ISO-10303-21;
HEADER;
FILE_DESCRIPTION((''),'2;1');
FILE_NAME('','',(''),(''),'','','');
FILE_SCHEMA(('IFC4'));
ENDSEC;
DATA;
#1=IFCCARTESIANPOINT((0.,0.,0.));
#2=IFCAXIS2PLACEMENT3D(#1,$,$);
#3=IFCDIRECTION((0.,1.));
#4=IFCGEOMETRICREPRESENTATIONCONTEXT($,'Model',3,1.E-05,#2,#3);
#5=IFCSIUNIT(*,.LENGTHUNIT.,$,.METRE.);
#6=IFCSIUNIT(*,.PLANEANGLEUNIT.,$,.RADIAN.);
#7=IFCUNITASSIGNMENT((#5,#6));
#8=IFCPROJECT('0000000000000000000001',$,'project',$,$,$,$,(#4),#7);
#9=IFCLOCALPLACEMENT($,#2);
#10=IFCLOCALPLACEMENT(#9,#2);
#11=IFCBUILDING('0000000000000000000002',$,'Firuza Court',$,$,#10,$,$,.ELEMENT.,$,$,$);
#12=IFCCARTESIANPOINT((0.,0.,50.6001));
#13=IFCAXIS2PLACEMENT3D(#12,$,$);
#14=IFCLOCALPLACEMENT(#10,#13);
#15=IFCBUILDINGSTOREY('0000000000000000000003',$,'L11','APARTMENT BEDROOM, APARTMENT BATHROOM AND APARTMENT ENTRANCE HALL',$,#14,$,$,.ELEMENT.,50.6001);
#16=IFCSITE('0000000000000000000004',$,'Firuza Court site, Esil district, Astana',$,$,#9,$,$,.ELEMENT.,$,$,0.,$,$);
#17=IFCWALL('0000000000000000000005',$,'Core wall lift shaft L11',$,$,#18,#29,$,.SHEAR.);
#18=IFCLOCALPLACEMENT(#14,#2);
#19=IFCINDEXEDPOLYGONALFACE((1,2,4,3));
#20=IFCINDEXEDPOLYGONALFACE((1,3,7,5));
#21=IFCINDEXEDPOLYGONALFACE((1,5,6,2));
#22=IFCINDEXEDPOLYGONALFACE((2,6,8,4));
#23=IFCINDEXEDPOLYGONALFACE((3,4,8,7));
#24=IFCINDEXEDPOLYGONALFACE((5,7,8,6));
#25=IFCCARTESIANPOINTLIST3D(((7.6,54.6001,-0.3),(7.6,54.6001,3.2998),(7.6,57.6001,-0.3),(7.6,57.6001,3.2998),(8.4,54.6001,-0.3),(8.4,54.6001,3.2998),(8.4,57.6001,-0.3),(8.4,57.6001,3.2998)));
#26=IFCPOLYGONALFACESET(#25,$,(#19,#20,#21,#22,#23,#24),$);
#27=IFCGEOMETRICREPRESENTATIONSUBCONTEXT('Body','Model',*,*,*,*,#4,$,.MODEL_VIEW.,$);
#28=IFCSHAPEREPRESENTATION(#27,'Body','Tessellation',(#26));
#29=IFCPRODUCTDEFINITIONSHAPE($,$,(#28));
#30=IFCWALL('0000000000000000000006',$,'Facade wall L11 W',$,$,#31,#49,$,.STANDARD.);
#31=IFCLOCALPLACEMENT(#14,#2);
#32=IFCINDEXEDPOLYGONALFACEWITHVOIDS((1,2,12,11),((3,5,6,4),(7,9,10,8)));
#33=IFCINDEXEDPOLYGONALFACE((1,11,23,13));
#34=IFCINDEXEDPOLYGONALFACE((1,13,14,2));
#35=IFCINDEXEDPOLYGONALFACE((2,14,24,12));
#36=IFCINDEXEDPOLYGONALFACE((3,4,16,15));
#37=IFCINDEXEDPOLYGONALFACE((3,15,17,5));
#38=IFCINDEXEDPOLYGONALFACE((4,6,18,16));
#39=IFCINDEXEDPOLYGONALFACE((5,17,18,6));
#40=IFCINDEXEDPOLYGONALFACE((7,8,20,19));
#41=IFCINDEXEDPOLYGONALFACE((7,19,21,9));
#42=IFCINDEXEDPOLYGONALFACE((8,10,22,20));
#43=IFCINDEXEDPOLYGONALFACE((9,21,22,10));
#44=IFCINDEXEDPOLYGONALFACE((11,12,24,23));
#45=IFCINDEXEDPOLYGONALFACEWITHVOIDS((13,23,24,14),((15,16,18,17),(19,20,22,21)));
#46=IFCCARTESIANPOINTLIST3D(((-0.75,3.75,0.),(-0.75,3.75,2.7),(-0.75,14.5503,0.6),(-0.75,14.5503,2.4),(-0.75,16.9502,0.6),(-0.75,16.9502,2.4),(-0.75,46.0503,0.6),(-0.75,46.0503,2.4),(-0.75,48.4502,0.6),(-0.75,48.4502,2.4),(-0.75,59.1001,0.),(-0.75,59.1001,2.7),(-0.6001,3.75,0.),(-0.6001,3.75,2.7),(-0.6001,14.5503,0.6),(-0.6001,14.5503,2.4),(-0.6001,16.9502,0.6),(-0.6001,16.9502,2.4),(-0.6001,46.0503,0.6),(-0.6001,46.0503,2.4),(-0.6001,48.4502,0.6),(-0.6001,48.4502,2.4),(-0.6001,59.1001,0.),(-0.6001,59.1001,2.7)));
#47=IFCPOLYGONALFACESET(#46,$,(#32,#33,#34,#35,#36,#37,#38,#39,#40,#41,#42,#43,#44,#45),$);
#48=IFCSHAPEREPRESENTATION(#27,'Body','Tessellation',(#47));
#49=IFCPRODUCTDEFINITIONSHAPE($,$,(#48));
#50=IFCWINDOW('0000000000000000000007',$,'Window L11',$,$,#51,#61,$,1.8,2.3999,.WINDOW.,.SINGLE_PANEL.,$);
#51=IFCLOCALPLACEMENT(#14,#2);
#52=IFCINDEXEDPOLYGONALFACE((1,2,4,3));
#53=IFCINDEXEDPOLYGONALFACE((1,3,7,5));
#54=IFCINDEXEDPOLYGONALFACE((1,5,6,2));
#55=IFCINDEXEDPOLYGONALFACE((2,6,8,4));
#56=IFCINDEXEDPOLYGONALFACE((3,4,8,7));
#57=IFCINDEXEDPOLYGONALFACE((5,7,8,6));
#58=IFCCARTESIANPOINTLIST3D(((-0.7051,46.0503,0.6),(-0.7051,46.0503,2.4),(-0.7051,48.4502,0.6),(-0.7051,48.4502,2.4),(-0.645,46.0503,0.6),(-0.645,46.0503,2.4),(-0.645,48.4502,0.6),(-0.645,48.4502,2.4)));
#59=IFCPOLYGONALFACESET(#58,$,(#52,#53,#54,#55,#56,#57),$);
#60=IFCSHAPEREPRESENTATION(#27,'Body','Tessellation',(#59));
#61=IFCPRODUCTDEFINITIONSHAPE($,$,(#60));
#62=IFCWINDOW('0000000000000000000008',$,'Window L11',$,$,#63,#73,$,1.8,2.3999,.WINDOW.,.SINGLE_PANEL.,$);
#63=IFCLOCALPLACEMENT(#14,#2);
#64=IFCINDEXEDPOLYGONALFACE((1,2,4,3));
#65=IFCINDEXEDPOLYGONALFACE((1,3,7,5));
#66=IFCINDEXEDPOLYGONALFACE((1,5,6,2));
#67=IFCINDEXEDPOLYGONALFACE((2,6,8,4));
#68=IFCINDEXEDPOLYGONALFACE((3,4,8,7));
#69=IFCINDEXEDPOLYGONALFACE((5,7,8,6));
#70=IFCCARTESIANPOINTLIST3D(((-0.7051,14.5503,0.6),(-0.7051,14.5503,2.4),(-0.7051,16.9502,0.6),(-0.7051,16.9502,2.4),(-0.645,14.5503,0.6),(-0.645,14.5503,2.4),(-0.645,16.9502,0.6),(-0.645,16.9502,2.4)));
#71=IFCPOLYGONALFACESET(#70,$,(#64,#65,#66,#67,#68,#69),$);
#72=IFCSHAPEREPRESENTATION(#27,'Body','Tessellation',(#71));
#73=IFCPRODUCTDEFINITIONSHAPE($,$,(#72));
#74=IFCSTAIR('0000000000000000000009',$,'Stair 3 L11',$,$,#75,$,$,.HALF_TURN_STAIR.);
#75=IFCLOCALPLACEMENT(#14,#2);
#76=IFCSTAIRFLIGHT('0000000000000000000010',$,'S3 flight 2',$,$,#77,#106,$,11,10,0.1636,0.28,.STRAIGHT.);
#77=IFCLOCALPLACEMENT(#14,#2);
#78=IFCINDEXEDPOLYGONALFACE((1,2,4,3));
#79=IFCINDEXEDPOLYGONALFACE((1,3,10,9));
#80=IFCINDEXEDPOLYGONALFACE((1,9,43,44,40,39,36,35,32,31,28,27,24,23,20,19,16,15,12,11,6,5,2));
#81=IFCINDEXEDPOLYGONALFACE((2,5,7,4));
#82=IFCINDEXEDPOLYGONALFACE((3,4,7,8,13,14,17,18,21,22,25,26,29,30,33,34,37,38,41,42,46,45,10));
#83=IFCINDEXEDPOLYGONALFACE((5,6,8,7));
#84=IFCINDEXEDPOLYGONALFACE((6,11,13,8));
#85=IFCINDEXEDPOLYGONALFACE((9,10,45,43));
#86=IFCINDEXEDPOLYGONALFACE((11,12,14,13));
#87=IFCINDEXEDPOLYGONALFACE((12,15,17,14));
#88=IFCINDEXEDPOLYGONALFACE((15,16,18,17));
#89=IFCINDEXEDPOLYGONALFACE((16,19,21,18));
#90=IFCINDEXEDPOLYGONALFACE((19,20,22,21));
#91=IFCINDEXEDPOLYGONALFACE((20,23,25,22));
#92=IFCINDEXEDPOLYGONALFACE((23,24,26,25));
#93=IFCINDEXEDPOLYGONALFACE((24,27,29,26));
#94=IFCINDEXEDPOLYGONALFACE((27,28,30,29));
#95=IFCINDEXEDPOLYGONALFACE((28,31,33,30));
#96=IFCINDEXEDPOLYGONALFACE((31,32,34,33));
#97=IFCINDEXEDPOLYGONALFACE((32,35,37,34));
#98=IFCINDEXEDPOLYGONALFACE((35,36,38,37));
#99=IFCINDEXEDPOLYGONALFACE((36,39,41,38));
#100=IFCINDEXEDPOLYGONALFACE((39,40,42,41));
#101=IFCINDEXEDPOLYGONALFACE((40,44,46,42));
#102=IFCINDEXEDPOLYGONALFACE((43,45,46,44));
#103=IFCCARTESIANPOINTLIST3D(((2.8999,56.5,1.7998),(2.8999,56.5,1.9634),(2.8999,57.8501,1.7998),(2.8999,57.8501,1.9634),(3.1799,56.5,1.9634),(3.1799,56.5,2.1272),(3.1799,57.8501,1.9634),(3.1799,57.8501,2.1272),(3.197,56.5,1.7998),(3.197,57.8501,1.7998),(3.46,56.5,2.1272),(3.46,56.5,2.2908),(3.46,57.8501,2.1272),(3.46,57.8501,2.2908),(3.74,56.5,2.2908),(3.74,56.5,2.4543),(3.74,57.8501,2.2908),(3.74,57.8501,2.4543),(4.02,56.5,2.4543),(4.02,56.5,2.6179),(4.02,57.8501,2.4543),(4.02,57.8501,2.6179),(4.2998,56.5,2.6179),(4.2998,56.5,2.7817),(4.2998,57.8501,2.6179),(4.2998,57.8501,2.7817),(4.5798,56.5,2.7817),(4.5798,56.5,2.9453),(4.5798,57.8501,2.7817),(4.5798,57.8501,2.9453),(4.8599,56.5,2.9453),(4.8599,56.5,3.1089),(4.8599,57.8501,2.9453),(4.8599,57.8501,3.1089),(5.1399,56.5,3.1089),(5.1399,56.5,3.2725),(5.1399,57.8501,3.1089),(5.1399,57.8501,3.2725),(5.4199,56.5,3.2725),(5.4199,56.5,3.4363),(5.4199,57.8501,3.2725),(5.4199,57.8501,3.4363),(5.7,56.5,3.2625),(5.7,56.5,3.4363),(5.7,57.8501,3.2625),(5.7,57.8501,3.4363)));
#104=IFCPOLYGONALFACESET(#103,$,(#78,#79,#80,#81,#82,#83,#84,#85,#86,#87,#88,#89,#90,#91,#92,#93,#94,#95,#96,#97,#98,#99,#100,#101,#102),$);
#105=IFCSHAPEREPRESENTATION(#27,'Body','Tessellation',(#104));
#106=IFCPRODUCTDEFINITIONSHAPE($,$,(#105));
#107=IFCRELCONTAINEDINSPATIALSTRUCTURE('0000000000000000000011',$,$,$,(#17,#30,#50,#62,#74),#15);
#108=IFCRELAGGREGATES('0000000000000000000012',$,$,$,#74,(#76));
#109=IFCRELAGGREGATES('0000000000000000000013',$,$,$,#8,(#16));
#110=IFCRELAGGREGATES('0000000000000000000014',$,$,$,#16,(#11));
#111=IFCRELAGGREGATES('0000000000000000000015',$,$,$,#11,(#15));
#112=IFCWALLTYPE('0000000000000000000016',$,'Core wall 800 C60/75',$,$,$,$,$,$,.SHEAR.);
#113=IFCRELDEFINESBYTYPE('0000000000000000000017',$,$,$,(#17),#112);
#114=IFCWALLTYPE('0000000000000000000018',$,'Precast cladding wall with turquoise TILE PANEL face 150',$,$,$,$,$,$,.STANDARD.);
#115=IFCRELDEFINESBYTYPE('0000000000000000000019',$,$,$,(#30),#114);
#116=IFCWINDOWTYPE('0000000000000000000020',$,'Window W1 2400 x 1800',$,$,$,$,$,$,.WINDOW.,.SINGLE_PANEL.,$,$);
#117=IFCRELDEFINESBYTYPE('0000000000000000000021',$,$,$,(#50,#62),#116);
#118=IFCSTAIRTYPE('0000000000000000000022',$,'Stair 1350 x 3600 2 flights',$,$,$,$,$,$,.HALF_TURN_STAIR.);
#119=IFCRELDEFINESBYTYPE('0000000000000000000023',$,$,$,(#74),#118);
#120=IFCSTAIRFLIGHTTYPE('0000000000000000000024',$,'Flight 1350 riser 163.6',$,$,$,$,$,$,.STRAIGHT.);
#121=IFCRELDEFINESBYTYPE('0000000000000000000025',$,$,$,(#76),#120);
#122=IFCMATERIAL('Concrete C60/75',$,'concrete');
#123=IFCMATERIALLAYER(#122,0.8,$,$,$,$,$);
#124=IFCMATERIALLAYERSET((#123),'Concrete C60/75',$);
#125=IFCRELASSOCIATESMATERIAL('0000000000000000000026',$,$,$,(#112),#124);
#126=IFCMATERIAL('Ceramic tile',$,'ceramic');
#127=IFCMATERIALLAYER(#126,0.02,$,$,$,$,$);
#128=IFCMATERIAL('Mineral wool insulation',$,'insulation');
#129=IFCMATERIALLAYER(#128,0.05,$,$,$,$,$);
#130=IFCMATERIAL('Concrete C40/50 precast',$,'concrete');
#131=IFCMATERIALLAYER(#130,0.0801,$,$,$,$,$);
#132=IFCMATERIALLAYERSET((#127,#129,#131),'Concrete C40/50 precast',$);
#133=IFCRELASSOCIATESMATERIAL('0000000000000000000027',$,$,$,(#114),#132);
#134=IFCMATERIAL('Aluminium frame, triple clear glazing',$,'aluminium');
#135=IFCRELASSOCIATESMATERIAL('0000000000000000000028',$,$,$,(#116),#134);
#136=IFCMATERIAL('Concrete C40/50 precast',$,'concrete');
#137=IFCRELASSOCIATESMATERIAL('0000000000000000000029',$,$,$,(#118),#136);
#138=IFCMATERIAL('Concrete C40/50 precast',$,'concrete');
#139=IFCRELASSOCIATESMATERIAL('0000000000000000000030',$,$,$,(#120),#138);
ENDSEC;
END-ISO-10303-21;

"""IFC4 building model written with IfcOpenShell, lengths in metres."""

from ifc_helpers import new_model, si_unit, direction, frame, frame_2d, origin, place, context, subcontext, project, spatial, polyline, rectangle, outline, extrude, material, layer, layer_set, type_object, element, fill, aggregate, save


model = new_model("IFC4")

# Units and contexts
model_context = context("Model", 3, precision=1e-05, world=origin(), true_north=direction((0.0, 1.0)))
body_context = subcontext(model_context, "Body", "Model", "MODEL_VIEW")
ifc_project = project(units=[si_unit("LENGTHUNIT", "METRE"), si_unit("PLANEANGLEUNIT", "RADIAN")], contexts=[model_context])

# Site, building, storey
site_placement = place(None, origin())
site = spatial("IfcSite", under=ifc_project, at=site_placement, Name="Firuza Court site, Esil district, Astana", CompositionType="ELEMENT", RefElevation=0.0)
building_placement = place(site_placement, origin())
building = spatial("IfcBuilding", under=site, at=building_placement, Name="Firuza Court", CompositionType="ELEMENT")
storey_placement = place(building_placement, frame((0.0, 0.0, 50.6001)))
storey = spatial("IfcBuildingStorey", under=building, at=storey_placement, Name="L11", Description="APARTMENT BEDROOM, APARTMENT BATHROOM AND APARTMENT ENTRANCE HALL", CompositionType="ELEMENT", Elevation=50.6001)

# Wall
ifc_material_1 = material(Name="Concrete C60/75", Category="concrete")
ifc_layer_1 = layer(ifc_material_1, 0.8)
ifc_layer_set_1 = layer_set([ifc_layer_1], Name="Concrete C60/75")
wall_type_1 = type_object("IfcWallType", Name="Core wall 800 C60/75", PredefinedType="SHEAR", material=ifc_layer_set_1)
wall_1_placement = place(storey_placement, frame((8.0, 54.6001, -0.3), z_axis=(0.0, 0.0, 1.0), x_axis=(0.0, 1.0, 0.0)))
element("IfcWall", 1, at=wall_1_placement, inside=storey, type_object=wall_type_1, Name="Core wall lift shaft L11", PredefinedType="SHEAR", context=body_context, shape_type="SweptSolid", body=[
    extrude(rectangle(XDim=3.0, YDim=0.8, at=frame_2d((1.5, 0.0))), origin(), (0.0, 0.0, 1.0), 3.5999),
])

# Wall, openings, windows
ifc_material_2 = material(Name="Ceramic tile", Category="ceramic")
ifc_layer_2 = layer(ifc_material_2, 0.02)
ifc_material_3 = material(Name="Mineral wool insulation", Category="insulation")
ifc_layer_3 = layer(ifc_material_3, 0.05)
ifc_material_4 = material(Name="Concrete C40/50 precast", Category="concrete")
ifc_layer_4 = layer(ifc_material_4, 0.0801)
ifc_layer_set_2 = layer_set([ifc_layer_2, ifc_layer_3, ifc_layer_4], Name="Concrete C40/50 precast")
wall_type_2 = type_object("IfcWallType", Name="Precast cladding wall with turquoise TILE PANEL face 150", PredefinedType="STANDARD", material=ifc_layer_set_2)
wall_2_placement = place(storey_placement, frame((-0.675, 59.1001, 0.0), z_axis=(0.0, 0.0, 1.0), x_axis=(0.0, -1.0, 0.0)))
wall_2 = element("IfcWall", 2, at=wall_2_placement, inside=storey, type_object=wall_type_2, Name="Facade wall L11 W", PredefinedType="STANDARD", context=body_context, shape_type="SweptSolid", body=[
    extrude(rectangle(XDim=55.3501, YDim=0.1499, at=frame_2d((27.675, 0.0))), origin(), (0.0, 0.0, 1.0), 2.7),
])
opening_1_placement = place(wall_2_placement, frame((10.6499, 0.0, 0.6001)))
opening_1 = element("IfcOpeningElement", 3, at=opening_1_placement, cuts=wall_2, PredefinedType="OPENING", context=body_context, shape_type="SweptSolid", body=[
    extrude(rectangle(XDim=2.3999, YDim=1.8, at=frame_2d((1.2, 0.8999))), frame((0.0, 0.0869, 0.0), z_axis=(0.0, -1.0, 0.0), x_axis=(1.0, 0.0, 0.0)), (0.0, 0.0, 1.0), 0.1738),
])
opening_2_placement = place(wall_2_placement, frame((42.1499, 0.0, 0.6001)))
opening_2 = element("IfcOpeningElement", 4, at=opening_2_placement, cuts=wall_2, PredefinedType="OPENING", context=body_context, shape_type="SweptSolid", body=[
    extrude(rectangle(XDim=2.3999, YDim=1.8, at=frame_2d((1.2, 0.8999))), frame((0.0, 0.0869, 0.0), z_axis=(0.0, -1.0, 0.0), x_axis=(1.0, 0.0, 0.0)), (0.0, 0.0, 1.0), 0.1738),
])
ifc_material_5 = material(Name="Aluminium frame, triple clear glazing", Category="aluminium")
window_type = type_object("IfcWindowType", Name="Window W1 2400 x 1800", PartitioningType="SINGLE_PANEL", PredefinedType="WINDOW", material=ifc_material_5)
window_1_placement = place(opening_1_placement, origin())
window_1 = element("IfcWindow", 5, at=window_1_placement, inside=storey, type_object=window_type, Name="Window L11", OverallHeight=1.8, OverallWidth=2.3999, PartitioningType="SINGLE_PANEL", PredefinedType="WINDOW", context=body_context, shape_type="SweptSolid", body=[
    extrude(rectangle(XDim=2.3999, YDim=1.8, at=frame_2d((1.2, 0.8999))), frame((0.0, 0.03, 0.0), z_axis=(0.0, -1.0, 0.0), x_axis=(1.0, 0.0, 0.0)), (0.0, 0.0, 1.0), 0.0601),
])
fill(opening_1, window_1)
window_2_placement = place(opening_2_placement, origin())
window_2 = element("IfcWindow", 6, at=window_2_placement, inside=storey, type_object=window_type, Name="Window L11", OverallHeight=1.8, OverallWidth=2.3999, PartitioningType="SINGLE_PANEL", PredefinedType="WINDOW", context=body_context, shape_type="SweptSolid", body=[
    extrude(rectangle(XDim=2.3999, YDim=1.8, at=frame_2d((1.2, 0.8999))), frame((0.0, 0.03, 0.0), z_axis=(0.0, -1.0, 0.0), x_axis=(1.0, 0.0, 0.0)), (0.0, 0.0, 1.0), 0.0601),
])
fill(opening_2, window_2)

# Stair, stair flight
ifc_material_6 = material(Name="Concrete C40/50 precast", Category="concrete")
stair_type = type_object("IfcStairType", Name="Stair 1350 x 3600 2 flights", PredefinedType="HALF_TURN_STAIR", material=ifc_material_6)
stair_placement = place(storey_placement, origin())
stair = element("IfcStair", 7, at=stair_placement, inside=storey, type_object=stair_type, Name="Stair 3 L11", PredefinedType="HALF_TURN_STAIR")
ifc_material_7 = material(Name="Concrete C40/50 precast", Category="concrete")
stair_flight_type = type_object("IfcStairFlightType", Name="Flight 1350 riser 163.6", PredefinedType="STRAIGHT", material=ifc_material_7)
stair_flight_placement = place(storey_placement, frame((2.8999, 57.175, 1.7998), z_axis=(0.0, 0.0, 1.0), x_axis=(1.0, 0.0, 0.0)))
stair_flight = element("IfcStairFlight", 8, at=stair_flight_placement, type_object=stair_flight_type, Name="S3 flight 2", NumberOfRisers=11, NumberOfTreads=10, PredefinedType="STRAIGHT", RiserHeight=0.1636, TreadLength=0.28, context=body_context, shape_type="SweptSolid", body=[
    extrude(outline(polyline([(0.0, 0.0), (0.0, 0.1636), (0.28, 0.1636), (0.28, 0.3274), (0.5601, 0.3274), (0.5601, 0.491), (0.8401, 0.491), (0.8401, 0.6545), (1.1201, 0.6545), (1.1201, 0.8181), (1.3999, 0.8181), (1.3999, 0.9819), (1.6799, 0.9819), (1.6799, 1.1455), (1.96, 1.1455), (1.96, 1.3091), (2.24, 1.3091), (2.24, 1.4727), (2.52, 1.4727), (2.52, 1.6365), (2.8, 1.6365), (2.8, 1.8), (2.8, 1.4626), (0.2971, 0.0), (0.0, 0.0)])), frame((0.0, 0.675, 0.0), z_axis=(0.0, -1.0, 0.0), x_axis=(1.0, 0.0, 0.0)), (0.0, 0.0, 1.0), 1.3501),
])
aggregate(stair, [stair_flight])

save(model, "model.ifc")
